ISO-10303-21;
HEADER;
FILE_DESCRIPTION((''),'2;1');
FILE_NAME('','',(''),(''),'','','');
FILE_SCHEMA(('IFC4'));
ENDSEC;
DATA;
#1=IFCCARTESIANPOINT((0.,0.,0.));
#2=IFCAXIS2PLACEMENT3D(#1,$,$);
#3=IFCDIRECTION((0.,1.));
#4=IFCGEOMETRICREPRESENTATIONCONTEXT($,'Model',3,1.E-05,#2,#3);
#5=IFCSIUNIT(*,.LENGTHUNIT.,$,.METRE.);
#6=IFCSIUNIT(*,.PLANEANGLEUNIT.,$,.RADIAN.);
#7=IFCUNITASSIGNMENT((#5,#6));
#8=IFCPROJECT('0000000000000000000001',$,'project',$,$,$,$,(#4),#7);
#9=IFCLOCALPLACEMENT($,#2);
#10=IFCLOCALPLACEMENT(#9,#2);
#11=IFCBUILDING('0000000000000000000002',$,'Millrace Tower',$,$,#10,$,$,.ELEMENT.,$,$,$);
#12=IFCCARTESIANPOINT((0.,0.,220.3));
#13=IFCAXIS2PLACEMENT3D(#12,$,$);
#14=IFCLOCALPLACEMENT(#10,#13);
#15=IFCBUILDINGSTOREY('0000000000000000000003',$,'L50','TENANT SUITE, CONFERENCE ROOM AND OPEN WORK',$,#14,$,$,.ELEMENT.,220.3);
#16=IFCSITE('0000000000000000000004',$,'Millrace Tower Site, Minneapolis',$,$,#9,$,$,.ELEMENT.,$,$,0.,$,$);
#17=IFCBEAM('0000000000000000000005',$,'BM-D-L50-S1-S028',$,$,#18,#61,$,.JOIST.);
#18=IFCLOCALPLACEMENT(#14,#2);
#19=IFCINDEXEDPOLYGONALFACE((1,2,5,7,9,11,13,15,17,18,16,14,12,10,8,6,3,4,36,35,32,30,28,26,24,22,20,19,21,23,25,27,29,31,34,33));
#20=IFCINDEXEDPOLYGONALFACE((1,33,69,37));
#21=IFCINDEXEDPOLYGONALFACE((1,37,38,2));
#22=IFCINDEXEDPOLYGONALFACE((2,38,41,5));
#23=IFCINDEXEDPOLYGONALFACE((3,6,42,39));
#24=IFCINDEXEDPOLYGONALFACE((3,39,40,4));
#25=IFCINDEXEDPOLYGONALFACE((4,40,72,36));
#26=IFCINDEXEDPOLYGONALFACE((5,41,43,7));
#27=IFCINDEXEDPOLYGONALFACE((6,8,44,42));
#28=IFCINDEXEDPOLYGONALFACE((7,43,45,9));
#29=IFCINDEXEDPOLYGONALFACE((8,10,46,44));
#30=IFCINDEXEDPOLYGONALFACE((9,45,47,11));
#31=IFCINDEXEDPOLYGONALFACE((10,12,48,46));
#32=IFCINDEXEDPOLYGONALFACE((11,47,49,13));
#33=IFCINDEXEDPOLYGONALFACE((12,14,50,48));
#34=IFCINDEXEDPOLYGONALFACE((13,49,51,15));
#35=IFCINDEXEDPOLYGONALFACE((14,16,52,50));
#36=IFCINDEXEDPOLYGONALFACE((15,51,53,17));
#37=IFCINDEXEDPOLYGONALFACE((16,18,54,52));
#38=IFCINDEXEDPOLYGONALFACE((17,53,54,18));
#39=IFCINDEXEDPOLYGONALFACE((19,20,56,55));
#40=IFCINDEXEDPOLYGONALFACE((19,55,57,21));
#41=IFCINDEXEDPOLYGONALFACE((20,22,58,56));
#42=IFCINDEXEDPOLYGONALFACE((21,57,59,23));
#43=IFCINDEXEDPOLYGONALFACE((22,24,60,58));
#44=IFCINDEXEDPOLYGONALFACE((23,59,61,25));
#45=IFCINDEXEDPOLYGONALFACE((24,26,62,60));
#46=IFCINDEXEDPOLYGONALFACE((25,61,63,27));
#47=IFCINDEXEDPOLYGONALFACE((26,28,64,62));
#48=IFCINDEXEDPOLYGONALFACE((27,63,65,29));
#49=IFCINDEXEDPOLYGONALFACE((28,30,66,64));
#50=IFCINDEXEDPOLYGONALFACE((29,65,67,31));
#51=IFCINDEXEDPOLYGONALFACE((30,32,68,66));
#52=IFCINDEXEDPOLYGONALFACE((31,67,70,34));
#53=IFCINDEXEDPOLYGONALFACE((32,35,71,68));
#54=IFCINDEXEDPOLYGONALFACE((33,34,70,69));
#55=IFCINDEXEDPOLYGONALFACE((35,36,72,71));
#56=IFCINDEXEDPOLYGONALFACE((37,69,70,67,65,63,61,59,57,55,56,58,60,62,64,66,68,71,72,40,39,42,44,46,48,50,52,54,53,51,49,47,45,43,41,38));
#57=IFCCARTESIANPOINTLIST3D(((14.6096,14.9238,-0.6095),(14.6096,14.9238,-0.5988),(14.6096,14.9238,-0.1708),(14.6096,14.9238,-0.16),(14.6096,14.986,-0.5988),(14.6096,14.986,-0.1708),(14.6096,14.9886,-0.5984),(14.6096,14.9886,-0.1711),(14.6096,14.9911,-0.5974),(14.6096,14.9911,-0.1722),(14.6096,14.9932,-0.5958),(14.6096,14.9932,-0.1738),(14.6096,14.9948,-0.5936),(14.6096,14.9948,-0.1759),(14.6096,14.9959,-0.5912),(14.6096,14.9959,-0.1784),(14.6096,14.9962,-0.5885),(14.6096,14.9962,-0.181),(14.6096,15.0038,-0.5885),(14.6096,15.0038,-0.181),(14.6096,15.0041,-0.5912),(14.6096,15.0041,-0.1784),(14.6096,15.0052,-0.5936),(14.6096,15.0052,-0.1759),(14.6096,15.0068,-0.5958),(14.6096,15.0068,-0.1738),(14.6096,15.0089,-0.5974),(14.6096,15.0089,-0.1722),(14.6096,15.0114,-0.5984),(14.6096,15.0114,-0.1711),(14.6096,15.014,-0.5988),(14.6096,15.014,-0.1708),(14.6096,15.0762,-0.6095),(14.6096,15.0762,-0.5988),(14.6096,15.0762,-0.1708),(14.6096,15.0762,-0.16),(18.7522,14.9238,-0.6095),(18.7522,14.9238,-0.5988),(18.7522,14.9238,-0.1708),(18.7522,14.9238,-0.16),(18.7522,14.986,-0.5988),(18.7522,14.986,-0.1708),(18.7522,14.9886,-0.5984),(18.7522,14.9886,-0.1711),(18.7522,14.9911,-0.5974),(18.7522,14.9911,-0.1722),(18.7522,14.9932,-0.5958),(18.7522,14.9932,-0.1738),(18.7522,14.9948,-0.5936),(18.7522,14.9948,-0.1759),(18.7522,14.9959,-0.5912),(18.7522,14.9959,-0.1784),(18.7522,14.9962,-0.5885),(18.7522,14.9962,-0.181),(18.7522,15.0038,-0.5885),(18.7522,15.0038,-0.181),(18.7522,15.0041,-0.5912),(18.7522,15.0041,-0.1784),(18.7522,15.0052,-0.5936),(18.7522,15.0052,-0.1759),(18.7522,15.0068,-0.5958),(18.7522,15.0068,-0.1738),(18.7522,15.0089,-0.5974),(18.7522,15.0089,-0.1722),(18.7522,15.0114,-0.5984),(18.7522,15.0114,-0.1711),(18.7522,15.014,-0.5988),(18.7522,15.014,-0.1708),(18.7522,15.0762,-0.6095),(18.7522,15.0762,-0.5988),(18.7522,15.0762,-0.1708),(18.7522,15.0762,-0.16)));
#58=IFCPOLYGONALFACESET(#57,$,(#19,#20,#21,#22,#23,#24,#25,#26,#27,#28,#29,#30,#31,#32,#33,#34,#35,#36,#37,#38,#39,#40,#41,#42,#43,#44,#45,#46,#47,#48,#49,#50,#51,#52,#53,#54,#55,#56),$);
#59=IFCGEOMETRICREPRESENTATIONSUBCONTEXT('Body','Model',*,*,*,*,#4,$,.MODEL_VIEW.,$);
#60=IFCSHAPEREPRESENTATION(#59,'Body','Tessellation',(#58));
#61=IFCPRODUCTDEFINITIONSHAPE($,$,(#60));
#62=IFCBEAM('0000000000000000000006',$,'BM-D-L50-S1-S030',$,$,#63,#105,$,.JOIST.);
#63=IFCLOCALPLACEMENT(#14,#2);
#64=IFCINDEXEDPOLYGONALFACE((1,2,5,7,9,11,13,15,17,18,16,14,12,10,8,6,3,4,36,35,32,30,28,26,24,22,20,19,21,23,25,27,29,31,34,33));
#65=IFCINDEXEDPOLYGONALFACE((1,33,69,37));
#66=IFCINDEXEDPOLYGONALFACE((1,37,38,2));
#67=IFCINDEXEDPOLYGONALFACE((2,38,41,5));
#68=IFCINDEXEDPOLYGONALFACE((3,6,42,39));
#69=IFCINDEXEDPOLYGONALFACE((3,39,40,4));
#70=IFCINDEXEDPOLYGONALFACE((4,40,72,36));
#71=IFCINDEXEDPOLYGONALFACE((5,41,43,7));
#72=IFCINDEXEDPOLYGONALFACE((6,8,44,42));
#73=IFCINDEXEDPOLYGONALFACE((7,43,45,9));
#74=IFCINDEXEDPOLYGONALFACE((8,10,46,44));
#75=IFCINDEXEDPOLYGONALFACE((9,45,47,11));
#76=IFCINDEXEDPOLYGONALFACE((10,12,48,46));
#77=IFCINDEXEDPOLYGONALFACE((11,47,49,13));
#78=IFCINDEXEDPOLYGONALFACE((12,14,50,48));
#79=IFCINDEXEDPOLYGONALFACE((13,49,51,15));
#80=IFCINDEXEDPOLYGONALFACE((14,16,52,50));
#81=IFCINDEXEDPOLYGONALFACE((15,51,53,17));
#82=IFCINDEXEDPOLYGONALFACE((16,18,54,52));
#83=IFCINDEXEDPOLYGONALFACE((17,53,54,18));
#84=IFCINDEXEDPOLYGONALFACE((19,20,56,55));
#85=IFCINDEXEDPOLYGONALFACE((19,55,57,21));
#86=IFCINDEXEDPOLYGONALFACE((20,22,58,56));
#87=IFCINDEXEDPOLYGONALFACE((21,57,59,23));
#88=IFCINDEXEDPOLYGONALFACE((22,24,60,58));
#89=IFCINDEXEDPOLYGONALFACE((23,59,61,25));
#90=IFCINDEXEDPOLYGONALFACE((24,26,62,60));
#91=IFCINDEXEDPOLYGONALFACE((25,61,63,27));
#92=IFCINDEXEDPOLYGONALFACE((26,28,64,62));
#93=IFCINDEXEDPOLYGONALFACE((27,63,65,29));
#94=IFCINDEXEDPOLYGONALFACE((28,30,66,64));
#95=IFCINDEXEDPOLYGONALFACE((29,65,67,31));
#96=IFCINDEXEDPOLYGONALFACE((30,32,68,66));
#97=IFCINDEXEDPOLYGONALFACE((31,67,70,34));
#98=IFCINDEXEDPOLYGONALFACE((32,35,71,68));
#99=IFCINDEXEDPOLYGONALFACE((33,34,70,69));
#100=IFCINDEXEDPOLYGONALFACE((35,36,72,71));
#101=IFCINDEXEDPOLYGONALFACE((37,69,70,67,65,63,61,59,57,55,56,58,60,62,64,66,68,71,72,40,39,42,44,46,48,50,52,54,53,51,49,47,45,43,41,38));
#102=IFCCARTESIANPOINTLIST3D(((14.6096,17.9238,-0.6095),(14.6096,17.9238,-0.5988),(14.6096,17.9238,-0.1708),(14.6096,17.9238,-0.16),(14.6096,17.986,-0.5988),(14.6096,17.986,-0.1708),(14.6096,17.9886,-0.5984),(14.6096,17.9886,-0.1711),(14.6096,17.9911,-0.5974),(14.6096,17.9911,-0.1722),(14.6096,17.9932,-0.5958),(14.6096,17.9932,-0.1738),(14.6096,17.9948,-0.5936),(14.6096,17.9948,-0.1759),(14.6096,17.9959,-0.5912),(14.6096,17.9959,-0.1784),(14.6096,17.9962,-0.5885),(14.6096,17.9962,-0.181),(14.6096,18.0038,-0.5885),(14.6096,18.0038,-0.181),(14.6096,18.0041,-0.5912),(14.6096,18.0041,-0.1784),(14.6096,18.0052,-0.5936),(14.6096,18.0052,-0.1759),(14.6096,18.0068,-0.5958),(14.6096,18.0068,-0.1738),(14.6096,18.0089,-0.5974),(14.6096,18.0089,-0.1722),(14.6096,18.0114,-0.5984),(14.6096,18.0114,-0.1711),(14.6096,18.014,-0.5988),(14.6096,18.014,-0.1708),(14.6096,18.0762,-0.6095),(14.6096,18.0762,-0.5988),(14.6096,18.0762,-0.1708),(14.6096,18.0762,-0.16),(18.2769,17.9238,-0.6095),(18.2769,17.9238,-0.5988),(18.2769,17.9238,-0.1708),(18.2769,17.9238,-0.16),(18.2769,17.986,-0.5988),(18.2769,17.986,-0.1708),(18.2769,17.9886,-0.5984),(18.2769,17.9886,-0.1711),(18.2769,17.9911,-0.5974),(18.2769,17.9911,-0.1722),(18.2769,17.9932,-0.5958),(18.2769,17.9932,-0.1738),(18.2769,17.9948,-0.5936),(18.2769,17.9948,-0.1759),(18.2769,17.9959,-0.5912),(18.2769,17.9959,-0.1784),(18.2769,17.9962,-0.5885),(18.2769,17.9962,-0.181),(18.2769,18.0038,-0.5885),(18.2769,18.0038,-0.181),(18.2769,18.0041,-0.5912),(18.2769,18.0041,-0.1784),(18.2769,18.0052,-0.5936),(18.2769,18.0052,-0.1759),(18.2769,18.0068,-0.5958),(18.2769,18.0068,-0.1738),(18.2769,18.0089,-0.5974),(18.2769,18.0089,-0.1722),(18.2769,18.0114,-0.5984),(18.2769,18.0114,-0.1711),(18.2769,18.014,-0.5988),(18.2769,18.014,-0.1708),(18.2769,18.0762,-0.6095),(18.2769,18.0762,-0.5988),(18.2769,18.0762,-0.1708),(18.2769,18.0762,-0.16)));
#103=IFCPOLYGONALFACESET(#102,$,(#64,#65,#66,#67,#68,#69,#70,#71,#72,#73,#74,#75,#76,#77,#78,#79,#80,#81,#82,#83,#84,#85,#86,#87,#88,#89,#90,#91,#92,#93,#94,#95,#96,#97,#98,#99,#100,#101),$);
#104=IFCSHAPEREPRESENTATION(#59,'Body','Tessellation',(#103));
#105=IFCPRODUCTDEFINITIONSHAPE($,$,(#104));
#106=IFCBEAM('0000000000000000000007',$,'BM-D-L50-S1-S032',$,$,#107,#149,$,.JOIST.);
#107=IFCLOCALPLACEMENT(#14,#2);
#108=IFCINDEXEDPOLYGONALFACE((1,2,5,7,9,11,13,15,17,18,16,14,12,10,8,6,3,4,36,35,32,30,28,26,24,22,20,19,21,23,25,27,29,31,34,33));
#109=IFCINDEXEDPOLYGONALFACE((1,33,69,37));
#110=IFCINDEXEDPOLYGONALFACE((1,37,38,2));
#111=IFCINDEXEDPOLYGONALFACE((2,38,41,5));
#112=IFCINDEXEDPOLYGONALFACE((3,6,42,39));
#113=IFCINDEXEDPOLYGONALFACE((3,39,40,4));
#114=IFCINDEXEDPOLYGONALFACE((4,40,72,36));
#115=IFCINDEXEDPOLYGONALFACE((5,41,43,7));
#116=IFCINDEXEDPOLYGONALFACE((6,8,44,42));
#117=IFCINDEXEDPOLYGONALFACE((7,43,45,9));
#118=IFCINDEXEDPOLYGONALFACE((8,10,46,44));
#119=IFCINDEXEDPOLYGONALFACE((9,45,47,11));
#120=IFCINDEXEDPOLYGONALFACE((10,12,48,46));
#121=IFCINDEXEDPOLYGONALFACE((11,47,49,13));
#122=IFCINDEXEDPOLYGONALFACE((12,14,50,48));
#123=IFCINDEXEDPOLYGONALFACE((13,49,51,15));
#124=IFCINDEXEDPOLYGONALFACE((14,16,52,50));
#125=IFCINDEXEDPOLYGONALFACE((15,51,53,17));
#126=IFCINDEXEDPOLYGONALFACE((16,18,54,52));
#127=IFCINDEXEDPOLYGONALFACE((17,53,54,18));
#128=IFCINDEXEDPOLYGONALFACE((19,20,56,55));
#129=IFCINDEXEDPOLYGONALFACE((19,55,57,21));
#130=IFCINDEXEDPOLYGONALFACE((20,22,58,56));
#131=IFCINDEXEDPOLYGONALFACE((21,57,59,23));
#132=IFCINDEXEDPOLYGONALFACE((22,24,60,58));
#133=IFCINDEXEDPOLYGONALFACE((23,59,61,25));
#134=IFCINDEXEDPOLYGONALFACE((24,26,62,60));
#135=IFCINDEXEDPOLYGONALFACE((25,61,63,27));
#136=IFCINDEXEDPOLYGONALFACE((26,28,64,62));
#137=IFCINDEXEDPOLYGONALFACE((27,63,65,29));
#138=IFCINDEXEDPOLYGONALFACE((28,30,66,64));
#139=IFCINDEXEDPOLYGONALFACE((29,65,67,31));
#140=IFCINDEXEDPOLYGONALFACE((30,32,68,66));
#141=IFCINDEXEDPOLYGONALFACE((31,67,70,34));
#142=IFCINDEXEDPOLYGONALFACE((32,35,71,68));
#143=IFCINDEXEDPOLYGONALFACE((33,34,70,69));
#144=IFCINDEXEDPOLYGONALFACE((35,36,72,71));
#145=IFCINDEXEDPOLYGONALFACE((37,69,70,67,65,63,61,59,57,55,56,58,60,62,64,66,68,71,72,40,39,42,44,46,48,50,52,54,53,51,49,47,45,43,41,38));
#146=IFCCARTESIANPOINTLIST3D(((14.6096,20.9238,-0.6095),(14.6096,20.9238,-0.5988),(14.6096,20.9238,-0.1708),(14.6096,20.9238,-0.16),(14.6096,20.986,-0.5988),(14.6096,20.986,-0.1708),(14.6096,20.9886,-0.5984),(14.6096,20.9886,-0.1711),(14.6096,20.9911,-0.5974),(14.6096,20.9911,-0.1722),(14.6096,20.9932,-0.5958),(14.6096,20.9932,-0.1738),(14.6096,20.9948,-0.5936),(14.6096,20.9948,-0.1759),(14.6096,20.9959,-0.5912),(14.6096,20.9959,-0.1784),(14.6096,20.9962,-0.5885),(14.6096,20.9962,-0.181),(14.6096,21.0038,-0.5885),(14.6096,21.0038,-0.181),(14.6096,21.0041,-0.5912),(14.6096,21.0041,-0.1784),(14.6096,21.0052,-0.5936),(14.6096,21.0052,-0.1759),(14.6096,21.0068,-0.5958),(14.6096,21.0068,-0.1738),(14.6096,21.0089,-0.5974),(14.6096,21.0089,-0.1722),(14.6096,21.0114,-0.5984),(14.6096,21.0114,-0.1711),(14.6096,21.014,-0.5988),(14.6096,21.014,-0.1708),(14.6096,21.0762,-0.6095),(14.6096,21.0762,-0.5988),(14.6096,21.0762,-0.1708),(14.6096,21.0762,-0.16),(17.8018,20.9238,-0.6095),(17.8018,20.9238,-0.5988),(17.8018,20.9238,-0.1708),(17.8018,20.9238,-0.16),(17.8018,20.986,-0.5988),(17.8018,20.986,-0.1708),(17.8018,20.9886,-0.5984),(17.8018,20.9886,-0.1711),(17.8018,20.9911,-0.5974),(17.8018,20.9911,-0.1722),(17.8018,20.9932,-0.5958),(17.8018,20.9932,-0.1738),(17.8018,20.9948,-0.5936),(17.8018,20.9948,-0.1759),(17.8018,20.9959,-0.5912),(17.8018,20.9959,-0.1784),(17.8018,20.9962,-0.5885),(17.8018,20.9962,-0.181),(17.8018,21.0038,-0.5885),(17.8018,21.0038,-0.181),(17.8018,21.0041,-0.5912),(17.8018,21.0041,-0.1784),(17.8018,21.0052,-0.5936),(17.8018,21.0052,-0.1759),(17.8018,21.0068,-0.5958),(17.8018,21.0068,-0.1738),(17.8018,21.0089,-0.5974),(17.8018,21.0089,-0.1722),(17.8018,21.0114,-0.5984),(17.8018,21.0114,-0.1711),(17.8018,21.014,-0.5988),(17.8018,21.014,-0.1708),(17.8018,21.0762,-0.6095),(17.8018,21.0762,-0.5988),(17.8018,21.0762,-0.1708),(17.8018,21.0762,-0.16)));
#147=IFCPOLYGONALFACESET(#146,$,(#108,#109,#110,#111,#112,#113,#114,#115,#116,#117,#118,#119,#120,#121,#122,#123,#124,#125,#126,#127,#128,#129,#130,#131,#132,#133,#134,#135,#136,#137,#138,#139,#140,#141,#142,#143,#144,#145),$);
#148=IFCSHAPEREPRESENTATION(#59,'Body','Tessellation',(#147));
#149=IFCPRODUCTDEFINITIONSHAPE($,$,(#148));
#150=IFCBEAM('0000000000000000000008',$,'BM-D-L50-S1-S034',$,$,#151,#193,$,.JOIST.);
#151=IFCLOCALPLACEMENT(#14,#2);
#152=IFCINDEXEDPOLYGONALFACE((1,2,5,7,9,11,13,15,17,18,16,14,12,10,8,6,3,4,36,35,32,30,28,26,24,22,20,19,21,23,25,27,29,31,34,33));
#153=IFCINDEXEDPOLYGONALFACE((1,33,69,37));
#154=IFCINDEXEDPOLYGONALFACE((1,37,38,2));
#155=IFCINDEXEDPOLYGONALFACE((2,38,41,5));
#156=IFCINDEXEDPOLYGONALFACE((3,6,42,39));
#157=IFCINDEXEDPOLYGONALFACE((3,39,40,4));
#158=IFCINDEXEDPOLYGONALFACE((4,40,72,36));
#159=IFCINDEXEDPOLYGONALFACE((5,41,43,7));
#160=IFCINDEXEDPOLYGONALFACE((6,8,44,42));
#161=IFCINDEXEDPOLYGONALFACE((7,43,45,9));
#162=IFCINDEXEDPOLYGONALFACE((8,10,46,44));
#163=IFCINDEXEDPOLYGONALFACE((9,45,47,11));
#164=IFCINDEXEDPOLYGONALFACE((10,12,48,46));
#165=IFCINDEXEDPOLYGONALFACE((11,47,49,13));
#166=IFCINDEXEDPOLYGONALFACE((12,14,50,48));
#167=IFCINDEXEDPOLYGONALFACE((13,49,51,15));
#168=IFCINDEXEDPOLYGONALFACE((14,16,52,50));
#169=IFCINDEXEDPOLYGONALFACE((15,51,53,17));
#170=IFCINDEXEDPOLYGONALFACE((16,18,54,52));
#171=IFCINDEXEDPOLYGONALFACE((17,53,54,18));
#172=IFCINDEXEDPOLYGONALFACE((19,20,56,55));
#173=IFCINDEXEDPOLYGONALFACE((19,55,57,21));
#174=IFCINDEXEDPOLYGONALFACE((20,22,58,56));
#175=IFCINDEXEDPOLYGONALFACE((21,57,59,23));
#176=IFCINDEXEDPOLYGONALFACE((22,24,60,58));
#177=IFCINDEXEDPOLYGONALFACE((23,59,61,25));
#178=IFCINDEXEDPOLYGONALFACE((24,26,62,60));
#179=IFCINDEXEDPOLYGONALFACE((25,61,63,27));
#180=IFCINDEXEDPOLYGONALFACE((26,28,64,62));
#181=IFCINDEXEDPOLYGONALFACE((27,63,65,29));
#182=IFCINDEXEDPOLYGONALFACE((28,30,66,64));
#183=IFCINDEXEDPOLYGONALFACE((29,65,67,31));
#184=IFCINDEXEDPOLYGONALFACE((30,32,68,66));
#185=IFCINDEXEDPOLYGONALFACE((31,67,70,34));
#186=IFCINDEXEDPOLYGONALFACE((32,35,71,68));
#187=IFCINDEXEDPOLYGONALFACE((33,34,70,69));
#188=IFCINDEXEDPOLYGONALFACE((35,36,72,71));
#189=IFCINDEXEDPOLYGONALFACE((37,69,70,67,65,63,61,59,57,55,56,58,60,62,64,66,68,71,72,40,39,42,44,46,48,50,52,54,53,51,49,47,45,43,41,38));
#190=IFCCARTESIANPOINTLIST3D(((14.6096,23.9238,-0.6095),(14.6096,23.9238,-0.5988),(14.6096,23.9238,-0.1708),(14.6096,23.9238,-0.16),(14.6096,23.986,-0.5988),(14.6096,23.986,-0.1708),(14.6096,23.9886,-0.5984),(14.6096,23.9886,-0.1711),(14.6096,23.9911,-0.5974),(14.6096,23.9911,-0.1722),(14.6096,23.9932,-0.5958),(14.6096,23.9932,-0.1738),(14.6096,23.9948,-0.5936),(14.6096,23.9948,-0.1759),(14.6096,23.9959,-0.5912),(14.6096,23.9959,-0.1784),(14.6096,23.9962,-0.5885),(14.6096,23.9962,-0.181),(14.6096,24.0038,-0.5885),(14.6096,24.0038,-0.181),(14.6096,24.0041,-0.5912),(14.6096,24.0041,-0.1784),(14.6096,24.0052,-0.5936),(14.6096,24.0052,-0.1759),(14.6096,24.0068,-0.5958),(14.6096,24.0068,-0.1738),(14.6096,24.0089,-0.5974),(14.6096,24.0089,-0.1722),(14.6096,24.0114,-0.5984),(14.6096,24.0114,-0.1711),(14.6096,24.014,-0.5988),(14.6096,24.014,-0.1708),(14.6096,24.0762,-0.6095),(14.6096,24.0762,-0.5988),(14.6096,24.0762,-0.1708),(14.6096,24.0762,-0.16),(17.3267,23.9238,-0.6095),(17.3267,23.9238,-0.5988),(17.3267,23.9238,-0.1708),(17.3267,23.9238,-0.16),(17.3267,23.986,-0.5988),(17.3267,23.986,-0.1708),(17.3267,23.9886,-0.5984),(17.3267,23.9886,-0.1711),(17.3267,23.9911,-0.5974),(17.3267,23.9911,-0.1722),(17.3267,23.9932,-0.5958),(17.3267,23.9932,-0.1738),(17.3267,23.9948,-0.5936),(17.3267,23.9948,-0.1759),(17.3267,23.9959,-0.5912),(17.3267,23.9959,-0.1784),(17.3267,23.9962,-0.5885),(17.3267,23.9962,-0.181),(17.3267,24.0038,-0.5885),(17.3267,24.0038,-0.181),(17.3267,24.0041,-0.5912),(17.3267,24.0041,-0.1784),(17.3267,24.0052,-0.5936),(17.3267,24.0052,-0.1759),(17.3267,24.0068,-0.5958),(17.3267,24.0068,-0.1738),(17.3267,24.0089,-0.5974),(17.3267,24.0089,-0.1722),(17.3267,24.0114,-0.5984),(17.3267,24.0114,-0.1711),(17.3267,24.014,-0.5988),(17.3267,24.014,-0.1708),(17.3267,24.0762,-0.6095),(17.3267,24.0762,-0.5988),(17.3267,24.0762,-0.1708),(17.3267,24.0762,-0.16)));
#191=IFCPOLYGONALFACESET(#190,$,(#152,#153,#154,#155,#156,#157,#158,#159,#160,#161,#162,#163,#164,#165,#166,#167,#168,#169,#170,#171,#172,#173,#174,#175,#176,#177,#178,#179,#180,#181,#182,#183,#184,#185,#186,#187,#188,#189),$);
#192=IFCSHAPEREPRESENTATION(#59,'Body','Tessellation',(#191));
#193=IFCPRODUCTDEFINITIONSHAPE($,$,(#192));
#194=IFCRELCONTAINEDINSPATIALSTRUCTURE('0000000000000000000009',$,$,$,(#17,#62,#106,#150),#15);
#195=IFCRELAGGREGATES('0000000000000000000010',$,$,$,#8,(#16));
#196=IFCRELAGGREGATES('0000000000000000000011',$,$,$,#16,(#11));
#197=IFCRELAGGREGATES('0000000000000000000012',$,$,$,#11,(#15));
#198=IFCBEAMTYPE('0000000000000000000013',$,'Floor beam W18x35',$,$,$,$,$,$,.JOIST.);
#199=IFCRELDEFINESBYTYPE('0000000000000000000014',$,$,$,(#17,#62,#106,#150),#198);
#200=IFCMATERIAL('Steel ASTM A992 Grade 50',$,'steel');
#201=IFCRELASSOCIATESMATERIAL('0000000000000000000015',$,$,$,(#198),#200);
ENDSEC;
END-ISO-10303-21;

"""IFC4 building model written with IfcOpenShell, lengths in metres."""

from ifc_helpers import new_model, si_unit, direction, frame, origin, origin_2d, place, context, subcontext, project, spatial, i_section, extrude, material, material_profile, profile_set, type_object, element, save


model = new_model("IFC4")

# Units and contexts
model_context = context("Model", 3, precision=1e-05, world=origin(), true_north=direction((0.0, 1.0)))
body_context = subcontext(model_context, "Body", "Model", "MODEL_VIEW")
ifc_project = project(units=[si_unit("LENGTHUNIT", "METRE"), si_unit("PLANEANGLEUNIT", "RADIAN")], contexts=[model_context])

# Site, building, storey
site_placement = place(None, origin())
site = spatial("IfcSite", under=ifc_project, at=site_placement, Name="Millrace Tower Site, Minneapolis", CompositionType="ELEMENT", RefElevation=0.0)
building_placement = place(site_placement, origin())
building = spatial("IfcBuilding", under=site, at=building_placement, Name="Millrace Tower", CompositionType="ELEMENT")
storey_placement = place(building_placement, frame((0.0, 0.0, 220.3)))
storey = spatial("IfcBuildingStorey", under=building, at=storey_placement, Name="L50", Description="TENANT SUITE, CONFERENCE ROOM AND OPEN WORK", CompositionType="ELEMENT", Elevation=220.3)

# Beams
ifc_material_1 = material(Name="Steel ASTM A992 Grade 50", Category="steel")
ifc_material_profile_1 = material_profile(ifc_material_1, i_section(OverallWidth=0.1523, OverallDepth=0.4495, WebThickness=0.0076, FlangeThickness=0.0107, FilletRadius=0.0103, at=origin_2d()))
ifc_profile_set_1 = profile_set([ifc_material_profile_1], Name="Steel ASTM A992 Grade 50")
beam_type_1 = type_object("IfcBeamType", Name="Floor beam W18x35", PredefinedType="JOIST", material=ifc_profile_set_1)
beam_1_placement = place(storey_placement, frame((14.6096, 15.0, -0.3848), z_axis=(1.0, 0.0, 0.0), x_axis=(0.0, 1.0, 0.0)))
element("IfcBeam", 1, at=beam_1_placement, inside=storey, type_object=beam_type_1, Name="BM-D-L50-S1-S028", PredefinedType="JOIST", context=body_context, shape_type="SweptSolid", body=[
    extrude(i_section(OverallWidth=0.1523, OverallDepth=0.4495, WebThickness=0.0076, FlangeThickness=0.0107, FilletRadius=0.0103, at=origin_2d()), origin(), (0.0, 0.0, 1.0), 4.1426),
])
beam_2_placement = place(storey_placement, frame((14.6096, 18.0, -0.3848), z_axis=(1.0, 0.0, 0.0), x_axis=(0.0, 1.0, 0.0)))
element("IfcBeam", 2, at=beam_2_placement, inside=storey, type_object=beam_type_1, Name="BM-D-L50-S1-S030", PredefinedType="JOIST", context=body_context, shape_type="SweptSolid", body=[
    extrude(i_section(OverallWidth=0.1523, OverallDepth=0.4495, WebThickness=0.0076, FlangeThickness=0.0107, FilletRadius=0.0103, at=origin_2d()), origin(), (0.0, 0.0, 1.0), 3.6672),
])
beam_3_placement = place(storey_placement, frame((14.6096, 21.0, -0.3848), z_axis=(1.0, 0.0, 0.0), x_axis=(0.0, 1.0, 0.0)))
element("IfcBeam", 3, at=beam_3_placement, inside=storey, type_object=beam_type_1, Name="BM-D-L50-S1-S032", PredefinedType="JOIST", context=body_context, shape_type="SweptSolid", body=[
    extrude(i_section(OverallWidth=0.1523, OverallDepth=0.4495, WebThickness=0.0076, FlangeThickness=0.0107, FilletRadius=0.0103, at=origin_2d()), origin(), (0.0, 0.0, 1.0), 3.1921),
])
beam_4_placement = place(storey_placement, frame((14.6096, 24.0, -0.3848), z_axis=(1.0, 0.0, 0.0), x_axis=(0.0, 1.0, 0.0)))
element("IfcBeam", 4, at=beam_4_placement, inside=storey, type_object=beam_type_1, Name="BM-D-L50-S1-S034", PredefinedType="JOIST", context=body_context, shape_type="SweptSolid", body=[
    extrude(i_section(OverallWidth=0.1523, OverallDepth=0.4495, WebThickness=0.0076, FlangeThickness=0.0107, FilletRadius=0.0103, at=origin_2d()), origin(), (0.0, 0.0, 1.0), 2.717),
])

save(model, "model.ifc")
